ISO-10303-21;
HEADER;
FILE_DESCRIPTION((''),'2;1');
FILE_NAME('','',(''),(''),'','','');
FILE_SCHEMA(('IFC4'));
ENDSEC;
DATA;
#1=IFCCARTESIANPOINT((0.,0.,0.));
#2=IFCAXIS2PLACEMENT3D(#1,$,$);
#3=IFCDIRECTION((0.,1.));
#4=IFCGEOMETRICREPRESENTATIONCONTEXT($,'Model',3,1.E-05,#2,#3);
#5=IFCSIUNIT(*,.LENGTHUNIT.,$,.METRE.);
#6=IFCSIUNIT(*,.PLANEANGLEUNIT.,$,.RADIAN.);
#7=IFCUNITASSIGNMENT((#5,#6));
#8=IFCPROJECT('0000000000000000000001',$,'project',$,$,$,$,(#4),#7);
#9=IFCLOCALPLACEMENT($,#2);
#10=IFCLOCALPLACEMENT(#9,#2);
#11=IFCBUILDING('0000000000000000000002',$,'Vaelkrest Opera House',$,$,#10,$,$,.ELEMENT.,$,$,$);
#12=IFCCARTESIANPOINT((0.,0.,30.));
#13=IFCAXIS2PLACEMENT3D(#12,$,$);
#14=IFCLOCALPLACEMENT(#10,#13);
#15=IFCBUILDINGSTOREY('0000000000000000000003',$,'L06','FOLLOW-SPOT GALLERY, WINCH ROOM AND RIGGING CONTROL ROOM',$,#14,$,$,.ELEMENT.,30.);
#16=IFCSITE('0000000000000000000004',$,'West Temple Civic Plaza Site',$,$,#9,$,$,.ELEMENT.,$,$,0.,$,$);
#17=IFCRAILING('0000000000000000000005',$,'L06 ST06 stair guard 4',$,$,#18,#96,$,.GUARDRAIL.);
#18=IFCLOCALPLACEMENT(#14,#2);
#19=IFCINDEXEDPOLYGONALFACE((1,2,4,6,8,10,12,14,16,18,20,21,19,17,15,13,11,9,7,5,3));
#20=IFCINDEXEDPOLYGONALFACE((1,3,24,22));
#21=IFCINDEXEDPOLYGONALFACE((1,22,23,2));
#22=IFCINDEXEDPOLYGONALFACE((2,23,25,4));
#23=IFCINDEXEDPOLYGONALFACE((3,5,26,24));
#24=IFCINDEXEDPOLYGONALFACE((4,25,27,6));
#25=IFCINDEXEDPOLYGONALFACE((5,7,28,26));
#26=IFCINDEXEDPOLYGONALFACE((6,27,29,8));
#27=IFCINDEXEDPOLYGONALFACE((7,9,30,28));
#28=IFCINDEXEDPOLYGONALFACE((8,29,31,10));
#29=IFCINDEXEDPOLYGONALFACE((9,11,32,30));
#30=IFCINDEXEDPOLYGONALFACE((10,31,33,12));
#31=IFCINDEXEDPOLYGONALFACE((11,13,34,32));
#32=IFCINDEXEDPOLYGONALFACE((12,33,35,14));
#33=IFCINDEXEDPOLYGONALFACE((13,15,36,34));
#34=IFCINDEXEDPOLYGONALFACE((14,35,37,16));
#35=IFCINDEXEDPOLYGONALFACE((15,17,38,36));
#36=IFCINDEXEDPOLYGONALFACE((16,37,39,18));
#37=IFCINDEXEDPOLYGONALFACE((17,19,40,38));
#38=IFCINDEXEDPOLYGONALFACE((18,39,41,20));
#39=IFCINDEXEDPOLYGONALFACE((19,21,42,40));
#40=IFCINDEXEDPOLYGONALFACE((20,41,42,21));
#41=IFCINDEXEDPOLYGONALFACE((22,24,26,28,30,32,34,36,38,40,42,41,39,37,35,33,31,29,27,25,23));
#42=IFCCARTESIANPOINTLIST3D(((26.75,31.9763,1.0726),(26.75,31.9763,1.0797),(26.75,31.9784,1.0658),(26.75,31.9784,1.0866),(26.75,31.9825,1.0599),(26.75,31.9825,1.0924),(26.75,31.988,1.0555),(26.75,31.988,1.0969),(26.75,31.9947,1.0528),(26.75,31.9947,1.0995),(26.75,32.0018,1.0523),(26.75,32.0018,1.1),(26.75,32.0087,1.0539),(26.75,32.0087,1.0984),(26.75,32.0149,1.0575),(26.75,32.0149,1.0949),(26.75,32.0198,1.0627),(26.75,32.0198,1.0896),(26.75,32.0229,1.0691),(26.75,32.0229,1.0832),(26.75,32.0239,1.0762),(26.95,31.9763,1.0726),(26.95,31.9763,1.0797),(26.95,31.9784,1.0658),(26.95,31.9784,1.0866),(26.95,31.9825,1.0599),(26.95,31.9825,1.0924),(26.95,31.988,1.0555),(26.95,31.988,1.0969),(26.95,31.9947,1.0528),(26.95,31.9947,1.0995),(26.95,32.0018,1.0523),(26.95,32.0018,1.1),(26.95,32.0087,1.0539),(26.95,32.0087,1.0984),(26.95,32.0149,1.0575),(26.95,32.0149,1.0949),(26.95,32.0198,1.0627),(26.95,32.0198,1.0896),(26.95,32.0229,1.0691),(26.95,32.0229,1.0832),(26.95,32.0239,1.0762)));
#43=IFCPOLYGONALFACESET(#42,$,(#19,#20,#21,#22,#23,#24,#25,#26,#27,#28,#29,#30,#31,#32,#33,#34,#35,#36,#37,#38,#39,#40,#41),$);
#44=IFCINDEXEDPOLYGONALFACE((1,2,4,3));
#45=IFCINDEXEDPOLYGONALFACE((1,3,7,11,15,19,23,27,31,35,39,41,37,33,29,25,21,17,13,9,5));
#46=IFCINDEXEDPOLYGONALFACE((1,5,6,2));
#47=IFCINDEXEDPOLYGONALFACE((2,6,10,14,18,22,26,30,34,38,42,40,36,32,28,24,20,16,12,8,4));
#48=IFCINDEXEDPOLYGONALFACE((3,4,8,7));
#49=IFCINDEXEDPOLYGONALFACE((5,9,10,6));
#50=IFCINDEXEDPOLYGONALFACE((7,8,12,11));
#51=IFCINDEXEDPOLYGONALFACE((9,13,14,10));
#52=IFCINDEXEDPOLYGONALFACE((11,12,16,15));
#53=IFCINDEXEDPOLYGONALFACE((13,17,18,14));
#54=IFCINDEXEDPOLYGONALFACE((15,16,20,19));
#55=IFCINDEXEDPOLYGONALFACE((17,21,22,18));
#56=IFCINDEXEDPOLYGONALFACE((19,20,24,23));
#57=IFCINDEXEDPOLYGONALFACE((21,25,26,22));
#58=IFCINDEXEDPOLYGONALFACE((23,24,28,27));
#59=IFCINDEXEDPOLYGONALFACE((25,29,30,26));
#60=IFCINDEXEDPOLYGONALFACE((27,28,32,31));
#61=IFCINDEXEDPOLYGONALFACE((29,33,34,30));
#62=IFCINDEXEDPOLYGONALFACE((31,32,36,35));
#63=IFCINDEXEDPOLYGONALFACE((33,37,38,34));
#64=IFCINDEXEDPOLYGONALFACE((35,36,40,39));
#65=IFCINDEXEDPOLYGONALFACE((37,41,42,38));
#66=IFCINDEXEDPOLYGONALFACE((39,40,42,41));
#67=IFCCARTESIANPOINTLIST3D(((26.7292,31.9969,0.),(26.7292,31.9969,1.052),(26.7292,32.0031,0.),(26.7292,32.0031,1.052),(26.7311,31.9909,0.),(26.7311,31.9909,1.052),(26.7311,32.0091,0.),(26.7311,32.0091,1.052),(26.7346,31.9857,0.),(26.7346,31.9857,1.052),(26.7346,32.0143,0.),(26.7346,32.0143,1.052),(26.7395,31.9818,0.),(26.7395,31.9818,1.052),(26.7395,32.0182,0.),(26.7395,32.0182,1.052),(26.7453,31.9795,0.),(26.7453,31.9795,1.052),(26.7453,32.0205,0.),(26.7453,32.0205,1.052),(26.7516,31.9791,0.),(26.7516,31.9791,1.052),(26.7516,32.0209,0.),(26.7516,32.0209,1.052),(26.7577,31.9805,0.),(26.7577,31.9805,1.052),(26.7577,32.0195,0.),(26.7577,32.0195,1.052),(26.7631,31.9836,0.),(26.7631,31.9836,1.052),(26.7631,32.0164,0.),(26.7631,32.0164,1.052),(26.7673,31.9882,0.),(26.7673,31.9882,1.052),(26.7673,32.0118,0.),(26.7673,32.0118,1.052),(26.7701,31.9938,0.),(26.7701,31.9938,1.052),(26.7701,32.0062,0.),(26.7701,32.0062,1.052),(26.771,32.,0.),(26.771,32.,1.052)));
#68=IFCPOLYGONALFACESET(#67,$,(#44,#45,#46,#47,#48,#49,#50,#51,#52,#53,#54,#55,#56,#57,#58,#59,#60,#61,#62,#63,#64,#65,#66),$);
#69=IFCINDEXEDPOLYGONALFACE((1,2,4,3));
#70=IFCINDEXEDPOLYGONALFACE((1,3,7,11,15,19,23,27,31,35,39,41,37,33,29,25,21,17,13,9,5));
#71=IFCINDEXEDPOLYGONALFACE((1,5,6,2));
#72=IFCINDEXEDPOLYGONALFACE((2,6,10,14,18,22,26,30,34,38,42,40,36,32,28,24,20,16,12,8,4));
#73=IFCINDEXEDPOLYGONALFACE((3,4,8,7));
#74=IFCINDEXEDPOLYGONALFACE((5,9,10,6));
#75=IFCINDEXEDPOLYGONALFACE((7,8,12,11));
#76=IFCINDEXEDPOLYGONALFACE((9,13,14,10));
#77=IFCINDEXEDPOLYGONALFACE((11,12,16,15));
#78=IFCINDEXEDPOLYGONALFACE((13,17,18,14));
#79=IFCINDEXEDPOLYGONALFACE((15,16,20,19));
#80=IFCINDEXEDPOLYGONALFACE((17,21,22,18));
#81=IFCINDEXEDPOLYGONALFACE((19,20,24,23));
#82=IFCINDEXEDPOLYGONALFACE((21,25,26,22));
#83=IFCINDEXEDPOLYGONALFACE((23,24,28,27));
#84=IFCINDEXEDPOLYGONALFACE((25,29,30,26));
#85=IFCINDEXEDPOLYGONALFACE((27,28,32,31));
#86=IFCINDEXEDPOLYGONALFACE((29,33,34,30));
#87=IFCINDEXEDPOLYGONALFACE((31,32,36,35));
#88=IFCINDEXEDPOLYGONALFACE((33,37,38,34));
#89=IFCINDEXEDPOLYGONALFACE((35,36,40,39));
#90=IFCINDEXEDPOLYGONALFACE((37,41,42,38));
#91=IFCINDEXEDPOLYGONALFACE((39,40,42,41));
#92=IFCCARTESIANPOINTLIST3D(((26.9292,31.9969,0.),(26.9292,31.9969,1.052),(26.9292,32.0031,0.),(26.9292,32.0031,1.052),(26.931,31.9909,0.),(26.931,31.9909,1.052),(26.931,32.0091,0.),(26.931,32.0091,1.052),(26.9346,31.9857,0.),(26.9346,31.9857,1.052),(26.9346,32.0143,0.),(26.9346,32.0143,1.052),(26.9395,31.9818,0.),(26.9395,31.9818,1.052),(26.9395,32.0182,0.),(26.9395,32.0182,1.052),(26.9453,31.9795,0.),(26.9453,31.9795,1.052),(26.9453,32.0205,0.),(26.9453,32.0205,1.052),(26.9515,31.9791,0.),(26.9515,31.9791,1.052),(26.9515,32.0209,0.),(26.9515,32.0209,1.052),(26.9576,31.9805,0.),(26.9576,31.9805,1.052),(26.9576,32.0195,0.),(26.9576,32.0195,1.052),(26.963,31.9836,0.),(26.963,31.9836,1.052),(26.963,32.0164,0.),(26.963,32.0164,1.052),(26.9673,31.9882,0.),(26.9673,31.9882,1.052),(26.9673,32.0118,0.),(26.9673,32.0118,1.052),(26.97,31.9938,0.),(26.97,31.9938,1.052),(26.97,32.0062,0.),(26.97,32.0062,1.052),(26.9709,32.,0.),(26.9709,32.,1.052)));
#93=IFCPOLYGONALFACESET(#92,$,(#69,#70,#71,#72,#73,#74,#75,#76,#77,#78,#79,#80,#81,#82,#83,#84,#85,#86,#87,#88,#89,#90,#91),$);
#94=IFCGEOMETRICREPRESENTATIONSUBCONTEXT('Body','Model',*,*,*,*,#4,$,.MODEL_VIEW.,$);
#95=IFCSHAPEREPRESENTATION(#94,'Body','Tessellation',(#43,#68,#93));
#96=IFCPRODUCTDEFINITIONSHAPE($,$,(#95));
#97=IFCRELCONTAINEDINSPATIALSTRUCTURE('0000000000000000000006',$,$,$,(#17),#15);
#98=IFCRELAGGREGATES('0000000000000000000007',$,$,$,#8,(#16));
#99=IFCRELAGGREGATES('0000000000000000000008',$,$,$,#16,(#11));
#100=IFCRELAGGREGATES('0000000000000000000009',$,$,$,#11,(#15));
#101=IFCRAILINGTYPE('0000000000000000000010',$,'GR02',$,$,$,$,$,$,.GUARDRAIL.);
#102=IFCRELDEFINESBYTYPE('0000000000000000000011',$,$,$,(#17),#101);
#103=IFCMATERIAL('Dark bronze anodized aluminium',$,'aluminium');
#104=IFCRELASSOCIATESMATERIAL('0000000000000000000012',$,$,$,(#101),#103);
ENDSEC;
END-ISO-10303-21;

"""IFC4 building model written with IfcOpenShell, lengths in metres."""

from ifc_helpers import new_model, si_unit, direction, frame, origin, origin_2d, place, context, subcontext, project, spatial, circle, extrude, material, type_object, element, save


model = new_model("IFC4")

# Units and contexts
model_context = context("Model", 3, precision=1e-05, world=origin(), true_north=direction((0.0, 1.0)))
body_context = subcontext(model_context, "Body", "Model", "MODEL_VIEW")
ifc_project = project(units=[si_unit("LENGTHUNIT", "METRE"), si_unit("PLANEANGLEUNIT", "RADIAN")], contexts=[model_context])

# Site, building, storey
site_placement = place(None, origin())
site = spatial("IfcSite", under=ifc_project, at=site_placement, Name="West Temple Civic Plaza Site", CompositionType="ELEMENT", RefElevation=0.0)
building_placement = place(site_placement, origin())
building = spatial("IfcBuilding", under=site, at=building_placement, Name="Vaelkrest Opera House", CompositionType="ELEMENT")
storey_placement = place(building_placement, frame((0.0, 0.0, 30.0)))
storey = spatial("IfcBuildingStorey", under=building, at=storey_placement, Name="L06", Description="FOLLOW-SPOT GALLERY, WINCH ROOM AND RIGGING CONTROL ROOM", CompositionType="ELEMENT", Elevation=30.0)

# Railing
ifc_material_1 = material(Name="Dark bronze anodized aluminium", Category="aluminium")
railing_type_1 = type_object("IfcRailingType", Name="GR02", PredefinedType="GUARDRAIL", material=ifc_material_1)
railing_1_placement = place(storey_placement, frame((26.75, 32.0, 0.0)))
element("IfcRailing", 1, at=railing_1_placement, inside=storey, type_object=railing_type_1, Name="L06 ST06 stair guard 4", PredefinedType="GUARDRAIL", context=body_context, shape_type="SweptSolid", body=[
    extrude(circle(Radius=0.0239, at=origin_2d()), frame((0.0, 0.0, 1.0762), z_axis=(1.0, 0.0, 0.0), x_axis=(0.0, 1.0, 0.0)), (0.0, 0.0, 1.0), 0.2),
    extrude(circle(Radius=0.021, at=origin_2d()), origin(), (0.0, 0.0, 1.0), 1.052),
    extrude(circle(Radius=0.021, at=origin_2d()), frame((0.2, 0.0, 0.0)), (0.0, 0.0, 1.0), 1.052),
])

save(model, "model.ifc")
